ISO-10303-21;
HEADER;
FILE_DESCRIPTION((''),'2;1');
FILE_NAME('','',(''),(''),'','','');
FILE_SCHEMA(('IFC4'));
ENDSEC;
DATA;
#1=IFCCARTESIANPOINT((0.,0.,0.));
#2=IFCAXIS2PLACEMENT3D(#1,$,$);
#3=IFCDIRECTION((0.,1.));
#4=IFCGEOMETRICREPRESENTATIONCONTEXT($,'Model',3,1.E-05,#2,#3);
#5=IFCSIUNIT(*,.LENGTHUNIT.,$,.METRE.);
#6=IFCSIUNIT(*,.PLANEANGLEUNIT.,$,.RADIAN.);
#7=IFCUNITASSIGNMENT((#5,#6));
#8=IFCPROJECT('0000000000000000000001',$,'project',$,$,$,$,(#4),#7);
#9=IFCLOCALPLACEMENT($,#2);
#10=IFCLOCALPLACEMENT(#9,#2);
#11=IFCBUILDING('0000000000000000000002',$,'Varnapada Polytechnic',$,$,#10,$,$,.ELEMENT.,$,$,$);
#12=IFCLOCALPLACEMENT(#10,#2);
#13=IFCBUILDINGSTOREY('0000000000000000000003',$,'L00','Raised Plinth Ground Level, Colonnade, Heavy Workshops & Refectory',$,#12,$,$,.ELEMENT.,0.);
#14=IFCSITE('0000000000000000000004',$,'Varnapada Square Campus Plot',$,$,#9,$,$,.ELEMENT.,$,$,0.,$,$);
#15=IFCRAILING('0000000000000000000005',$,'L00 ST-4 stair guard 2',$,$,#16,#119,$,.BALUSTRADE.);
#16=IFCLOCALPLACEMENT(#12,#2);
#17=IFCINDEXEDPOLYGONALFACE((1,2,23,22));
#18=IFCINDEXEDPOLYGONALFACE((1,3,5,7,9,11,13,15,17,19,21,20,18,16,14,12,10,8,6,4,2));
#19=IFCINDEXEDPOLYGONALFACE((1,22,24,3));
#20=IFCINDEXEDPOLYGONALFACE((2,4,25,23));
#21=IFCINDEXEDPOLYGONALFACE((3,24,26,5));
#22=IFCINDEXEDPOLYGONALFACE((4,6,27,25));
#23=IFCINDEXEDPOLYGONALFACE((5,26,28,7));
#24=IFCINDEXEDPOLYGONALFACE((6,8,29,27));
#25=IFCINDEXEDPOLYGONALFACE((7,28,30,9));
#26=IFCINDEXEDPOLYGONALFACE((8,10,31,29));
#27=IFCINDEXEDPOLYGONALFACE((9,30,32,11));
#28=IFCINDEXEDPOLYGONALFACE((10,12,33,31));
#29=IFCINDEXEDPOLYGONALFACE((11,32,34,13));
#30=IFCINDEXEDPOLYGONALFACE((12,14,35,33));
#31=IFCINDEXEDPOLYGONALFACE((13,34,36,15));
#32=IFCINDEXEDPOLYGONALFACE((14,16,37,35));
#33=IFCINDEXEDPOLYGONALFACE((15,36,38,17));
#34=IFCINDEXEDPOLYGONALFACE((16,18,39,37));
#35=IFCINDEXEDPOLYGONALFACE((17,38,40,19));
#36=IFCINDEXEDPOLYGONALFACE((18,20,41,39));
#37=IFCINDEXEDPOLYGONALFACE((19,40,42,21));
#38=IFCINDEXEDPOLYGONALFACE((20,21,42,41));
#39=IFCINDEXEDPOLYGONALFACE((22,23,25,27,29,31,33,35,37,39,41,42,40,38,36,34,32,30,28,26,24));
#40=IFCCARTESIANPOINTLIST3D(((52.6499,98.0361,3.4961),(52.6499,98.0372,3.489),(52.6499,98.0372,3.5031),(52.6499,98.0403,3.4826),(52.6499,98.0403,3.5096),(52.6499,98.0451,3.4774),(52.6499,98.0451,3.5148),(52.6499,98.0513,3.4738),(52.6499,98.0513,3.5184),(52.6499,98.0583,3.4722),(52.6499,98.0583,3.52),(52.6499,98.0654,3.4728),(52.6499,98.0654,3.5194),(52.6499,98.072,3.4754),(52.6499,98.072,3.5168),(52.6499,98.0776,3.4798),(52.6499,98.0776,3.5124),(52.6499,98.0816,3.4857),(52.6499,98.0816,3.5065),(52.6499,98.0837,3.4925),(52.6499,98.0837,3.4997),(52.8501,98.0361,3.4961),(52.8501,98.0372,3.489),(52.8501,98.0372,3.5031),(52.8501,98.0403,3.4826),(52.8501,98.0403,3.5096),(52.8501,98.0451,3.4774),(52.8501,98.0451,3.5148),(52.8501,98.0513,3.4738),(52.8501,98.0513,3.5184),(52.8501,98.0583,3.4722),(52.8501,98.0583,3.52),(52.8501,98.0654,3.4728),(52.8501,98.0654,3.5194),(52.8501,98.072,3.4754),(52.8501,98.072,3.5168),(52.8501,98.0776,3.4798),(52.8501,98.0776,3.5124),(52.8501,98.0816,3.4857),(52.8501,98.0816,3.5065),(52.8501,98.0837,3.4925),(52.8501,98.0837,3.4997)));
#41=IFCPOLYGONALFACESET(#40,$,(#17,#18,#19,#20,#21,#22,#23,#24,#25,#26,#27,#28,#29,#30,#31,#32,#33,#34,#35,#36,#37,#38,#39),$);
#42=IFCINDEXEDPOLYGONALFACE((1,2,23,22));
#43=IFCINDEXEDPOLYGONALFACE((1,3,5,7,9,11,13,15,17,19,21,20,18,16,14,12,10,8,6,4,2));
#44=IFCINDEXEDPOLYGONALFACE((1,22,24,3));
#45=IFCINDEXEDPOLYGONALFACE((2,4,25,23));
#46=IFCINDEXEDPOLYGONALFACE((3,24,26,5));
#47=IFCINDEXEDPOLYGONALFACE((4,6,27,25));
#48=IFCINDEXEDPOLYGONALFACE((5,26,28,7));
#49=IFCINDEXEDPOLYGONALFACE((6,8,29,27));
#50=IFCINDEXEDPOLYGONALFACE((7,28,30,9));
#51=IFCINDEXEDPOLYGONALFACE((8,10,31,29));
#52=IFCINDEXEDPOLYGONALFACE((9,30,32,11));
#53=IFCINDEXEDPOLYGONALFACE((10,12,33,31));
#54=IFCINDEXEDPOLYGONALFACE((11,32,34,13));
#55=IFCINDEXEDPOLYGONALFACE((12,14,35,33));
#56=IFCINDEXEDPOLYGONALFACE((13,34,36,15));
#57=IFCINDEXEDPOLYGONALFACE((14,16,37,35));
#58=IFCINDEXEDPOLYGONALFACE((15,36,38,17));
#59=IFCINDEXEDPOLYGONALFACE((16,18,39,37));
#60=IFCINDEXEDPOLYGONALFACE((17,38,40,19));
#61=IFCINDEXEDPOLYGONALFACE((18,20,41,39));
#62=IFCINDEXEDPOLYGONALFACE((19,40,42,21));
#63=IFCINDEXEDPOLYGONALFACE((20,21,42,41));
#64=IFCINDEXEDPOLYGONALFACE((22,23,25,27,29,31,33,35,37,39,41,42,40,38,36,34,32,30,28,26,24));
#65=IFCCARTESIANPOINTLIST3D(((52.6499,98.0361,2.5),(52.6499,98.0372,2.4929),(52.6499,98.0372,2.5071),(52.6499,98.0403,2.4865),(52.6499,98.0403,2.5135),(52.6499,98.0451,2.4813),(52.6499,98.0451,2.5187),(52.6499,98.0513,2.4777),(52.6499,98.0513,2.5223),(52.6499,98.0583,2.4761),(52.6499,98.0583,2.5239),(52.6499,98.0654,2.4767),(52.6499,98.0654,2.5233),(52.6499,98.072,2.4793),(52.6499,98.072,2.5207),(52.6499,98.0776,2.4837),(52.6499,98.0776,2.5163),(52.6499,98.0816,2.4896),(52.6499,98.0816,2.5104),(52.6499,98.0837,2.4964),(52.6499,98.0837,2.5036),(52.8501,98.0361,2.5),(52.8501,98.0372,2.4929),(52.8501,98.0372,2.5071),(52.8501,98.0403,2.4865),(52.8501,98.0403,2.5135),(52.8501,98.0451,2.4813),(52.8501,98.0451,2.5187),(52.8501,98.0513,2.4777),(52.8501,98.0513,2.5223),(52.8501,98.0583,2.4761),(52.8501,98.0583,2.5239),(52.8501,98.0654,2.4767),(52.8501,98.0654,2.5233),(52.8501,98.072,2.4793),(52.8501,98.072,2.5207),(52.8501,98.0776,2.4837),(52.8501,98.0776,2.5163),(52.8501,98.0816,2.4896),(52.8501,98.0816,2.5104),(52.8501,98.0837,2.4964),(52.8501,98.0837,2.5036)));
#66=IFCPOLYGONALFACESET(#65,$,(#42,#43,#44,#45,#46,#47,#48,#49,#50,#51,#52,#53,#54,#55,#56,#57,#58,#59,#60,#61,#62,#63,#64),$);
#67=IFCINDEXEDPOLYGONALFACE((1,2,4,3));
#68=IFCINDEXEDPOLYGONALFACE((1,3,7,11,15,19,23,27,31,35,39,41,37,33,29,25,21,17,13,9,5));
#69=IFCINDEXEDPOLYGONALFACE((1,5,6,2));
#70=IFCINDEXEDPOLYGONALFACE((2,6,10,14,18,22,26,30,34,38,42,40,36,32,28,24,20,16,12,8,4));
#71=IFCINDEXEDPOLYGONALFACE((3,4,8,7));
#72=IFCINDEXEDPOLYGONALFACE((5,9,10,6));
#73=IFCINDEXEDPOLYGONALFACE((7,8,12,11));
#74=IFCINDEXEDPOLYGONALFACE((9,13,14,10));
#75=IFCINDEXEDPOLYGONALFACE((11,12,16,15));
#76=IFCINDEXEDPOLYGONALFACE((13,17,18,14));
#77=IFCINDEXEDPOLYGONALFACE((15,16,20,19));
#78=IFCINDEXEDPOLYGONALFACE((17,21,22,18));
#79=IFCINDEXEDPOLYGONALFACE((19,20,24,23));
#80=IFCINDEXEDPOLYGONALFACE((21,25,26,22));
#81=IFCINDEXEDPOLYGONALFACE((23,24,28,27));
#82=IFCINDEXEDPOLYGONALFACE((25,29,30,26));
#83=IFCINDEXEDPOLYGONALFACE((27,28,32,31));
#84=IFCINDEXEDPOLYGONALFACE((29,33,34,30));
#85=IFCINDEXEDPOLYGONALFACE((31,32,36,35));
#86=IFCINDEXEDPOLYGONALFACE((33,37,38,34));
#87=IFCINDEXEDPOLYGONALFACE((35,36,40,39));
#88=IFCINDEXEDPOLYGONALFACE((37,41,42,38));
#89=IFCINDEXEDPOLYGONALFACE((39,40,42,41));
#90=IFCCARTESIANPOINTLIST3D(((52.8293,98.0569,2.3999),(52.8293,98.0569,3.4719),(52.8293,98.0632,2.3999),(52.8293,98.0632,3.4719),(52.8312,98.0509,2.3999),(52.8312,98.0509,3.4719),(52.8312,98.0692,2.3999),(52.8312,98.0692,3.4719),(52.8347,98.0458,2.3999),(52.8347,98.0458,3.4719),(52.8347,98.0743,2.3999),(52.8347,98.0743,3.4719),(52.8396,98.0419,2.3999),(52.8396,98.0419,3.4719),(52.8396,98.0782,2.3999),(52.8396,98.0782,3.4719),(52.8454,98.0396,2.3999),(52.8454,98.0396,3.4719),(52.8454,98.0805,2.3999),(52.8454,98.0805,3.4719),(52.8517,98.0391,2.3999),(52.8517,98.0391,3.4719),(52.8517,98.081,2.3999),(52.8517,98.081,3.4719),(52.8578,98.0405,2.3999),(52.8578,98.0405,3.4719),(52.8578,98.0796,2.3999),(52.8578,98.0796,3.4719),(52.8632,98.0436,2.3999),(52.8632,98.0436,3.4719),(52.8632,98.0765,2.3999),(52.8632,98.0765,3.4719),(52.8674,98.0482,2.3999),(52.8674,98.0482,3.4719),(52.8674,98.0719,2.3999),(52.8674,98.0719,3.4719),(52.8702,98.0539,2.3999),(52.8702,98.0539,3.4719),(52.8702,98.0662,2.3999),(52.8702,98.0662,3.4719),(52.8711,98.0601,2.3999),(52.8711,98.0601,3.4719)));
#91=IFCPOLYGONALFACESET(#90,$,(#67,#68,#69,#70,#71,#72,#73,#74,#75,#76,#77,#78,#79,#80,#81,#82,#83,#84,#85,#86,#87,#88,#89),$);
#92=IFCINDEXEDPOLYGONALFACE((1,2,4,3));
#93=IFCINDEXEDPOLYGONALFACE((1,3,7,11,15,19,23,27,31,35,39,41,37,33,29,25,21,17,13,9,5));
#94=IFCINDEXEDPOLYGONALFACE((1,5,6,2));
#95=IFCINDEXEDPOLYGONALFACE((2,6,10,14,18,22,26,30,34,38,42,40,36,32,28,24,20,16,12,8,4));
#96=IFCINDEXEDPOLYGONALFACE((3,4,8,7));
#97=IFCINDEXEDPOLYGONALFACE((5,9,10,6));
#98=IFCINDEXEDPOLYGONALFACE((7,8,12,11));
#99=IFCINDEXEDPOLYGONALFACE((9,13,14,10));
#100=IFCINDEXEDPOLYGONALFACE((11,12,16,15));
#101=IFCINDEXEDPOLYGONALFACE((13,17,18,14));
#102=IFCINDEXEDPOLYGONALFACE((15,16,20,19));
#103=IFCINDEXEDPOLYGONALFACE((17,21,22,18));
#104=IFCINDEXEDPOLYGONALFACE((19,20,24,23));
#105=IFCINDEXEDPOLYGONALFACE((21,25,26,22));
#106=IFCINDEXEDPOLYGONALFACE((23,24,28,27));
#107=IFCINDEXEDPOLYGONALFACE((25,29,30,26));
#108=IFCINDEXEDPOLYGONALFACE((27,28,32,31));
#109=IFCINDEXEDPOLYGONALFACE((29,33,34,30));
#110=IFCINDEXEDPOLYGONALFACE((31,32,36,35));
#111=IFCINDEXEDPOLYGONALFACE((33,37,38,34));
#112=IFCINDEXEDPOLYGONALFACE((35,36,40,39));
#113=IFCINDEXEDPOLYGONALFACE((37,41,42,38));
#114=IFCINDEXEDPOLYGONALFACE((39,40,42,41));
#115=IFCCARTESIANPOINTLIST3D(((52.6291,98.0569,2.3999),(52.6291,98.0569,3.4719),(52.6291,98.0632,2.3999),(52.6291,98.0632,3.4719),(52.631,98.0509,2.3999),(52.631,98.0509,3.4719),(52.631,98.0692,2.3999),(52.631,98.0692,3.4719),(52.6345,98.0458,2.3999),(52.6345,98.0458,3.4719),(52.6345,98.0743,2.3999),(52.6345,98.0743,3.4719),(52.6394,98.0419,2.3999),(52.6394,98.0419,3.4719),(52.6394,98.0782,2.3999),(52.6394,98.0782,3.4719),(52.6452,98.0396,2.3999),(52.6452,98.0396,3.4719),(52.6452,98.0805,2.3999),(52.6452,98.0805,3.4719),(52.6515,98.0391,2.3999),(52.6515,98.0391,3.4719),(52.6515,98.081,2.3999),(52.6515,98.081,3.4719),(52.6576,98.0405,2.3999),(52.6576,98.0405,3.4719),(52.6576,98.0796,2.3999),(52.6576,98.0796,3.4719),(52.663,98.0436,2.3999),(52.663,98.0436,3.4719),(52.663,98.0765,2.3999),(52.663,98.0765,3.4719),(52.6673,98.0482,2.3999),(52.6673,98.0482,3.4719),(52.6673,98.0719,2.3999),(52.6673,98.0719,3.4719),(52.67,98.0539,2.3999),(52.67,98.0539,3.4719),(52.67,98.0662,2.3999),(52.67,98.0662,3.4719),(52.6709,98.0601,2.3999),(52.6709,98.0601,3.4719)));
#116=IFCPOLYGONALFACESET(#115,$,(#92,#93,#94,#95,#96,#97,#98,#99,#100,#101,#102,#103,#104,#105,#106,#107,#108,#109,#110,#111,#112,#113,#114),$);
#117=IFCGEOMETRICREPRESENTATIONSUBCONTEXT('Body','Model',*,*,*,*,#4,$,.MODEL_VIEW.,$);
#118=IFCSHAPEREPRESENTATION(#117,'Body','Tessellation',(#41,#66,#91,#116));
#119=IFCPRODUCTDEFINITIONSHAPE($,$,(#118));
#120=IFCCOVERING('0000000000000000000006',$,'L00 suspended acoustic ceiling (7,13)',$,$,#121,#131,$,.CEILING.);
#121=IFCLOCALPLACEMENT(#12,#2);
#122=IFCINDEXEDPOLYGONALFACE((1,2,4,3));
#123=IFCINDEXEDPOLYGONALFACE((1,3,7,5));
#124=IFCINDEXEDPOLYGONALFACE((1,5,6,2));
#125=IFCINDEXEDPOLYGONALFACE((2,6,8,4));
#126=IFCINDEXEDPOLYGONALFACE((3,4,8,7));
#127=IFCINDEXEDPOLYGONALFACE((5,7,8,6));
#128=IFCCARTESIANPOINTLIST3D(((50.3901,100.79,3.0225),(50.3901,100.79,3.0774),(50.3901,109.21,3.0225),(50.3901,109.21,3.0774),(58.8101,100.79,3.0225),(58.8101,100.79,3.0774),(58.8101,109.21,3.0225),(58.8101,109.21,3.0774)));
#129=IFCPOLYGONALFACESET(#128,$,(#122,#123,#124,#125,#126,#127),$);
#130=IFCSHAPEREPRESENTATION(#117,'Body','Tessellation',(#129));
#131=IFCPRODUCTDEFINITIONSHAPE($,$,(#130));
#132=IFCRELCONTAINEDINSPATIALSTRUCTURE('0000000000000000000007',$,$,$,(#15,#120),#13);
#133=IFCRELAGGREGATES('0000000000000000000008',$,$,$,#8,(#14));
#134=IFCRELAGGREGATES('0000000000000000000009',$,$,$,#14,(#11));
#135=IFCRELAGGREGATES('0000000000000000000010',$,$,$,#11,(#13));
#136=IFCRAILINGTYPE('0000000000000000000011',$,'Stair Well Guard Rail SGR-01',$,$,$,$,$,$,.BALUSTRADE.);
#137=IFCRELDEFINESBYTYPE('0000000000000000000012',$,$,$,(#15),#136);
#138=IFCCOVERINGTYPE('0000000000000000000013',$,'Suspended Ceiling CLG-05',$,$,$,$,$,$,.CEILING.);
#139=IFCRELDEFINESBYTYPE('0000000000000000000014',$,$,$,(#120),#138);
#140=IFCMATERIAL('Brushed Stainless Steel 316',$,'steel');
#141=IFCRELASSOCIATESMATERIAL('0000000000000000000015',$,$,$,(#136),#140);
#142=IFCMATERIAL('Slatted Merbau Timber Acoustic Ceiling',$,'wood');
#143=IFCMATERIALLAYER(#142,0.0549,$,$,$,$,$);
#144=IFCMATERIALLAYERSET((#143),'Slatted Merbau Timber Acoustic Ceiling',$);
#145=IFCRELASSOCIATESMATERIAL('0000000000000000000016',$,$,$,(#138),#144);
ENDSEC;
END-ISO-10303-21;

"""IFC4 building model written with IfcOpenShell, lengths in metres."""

from ifc_helpers import new_model, si_unit, direction, frame, origin, origin_2d, place, context, subcontext, project, spatial, rectangle, circle, extrude, material, layer, layer_set, type_object, element, save


model = new_model("IFC4")

# Units and contexts
model_context = context("Model", 3, precision=1e-05, world=origin(), true_north=direction((0.0, 1.0)))
body_context = subcontext(model_context, "Body", "Model", "MODEL_VIEW")
ifc_project = project(units=[si_unit("LENGTHUNIT", "METRE"), si_unit("PLANEANGLEUNIT", "RADIAN")], contexts=[model_context])

# Site, building, storey
site_placement = place(None, origin())
site = spatial("IfcSite", under=ifc_project, at=site_placement, Name="Varnapada Square Campus Plot", CompositionType="ELEMENT", RefElevation=0.0)
building_placement = place(site_placement, origin())
building = spatial("IfcBuilding", under=site, at=building_placement, Name="Varnapada Polytechnic", CompositionType="ELEMENT")
storey_placement = place(building_placement, origin())
storey = spatial("IfcBuildingStorey", under=building, at=storey_placement, Name="L00", Description="Raised Plinth Ground Level, Colonnade, Heavy Workshops & Refectory", CompositionType="ELEMENT", Elevation=0.0)

# Railing
ifc_material_1 = material(Name="Brushed Stainless Steel 316", Category="steel")
railing_type = type_object("IfcRailingType", Name="Stair Well Guard Rail SGR-01", PredefinedType="BALUSTRADE", material=ifc_material_1)
railing_1_placement = place(storey_placement, frame((52.8501, 98.0601, 2.3999)))
element("IfcRailing", 1, at=railing_1_placement, inside=storey, type_object=railing_type, Name="L00 ST-4 stair guard 2", PredefinedType="BALUSTRADE", context=body_context, shape_type="SweptSolid", body=[
    extrude(circle(Radius=0.0239, at=origin_2d()), frame((0.0, 0.0, 1.0962), z_axis=(-1.0, 0.0, 0.0), x_axis=(0.0, -1.0, 0.0)), (0.0, 0.0, 1.0), 0.2002),
    extrude(circle(Radius=0.0239, at=origin_2d()), frame((0.0, 0.0, 0.1001), z_axis=(-1.0, 0.0, 0.0), x_axis=(0.0, -1.0, 0.0)), (0.0, 0.0, 1.0), 0.2002),
    extrude(circle(Radius=0.021, at=origin_2d()), origin(), (0.0, 0.0, 1.0), 1.072),
    extrude(circle(Radius=0.021, at=origin_2d()), frame((-0.2002, 0.0, 0.0)), (0.0, 0.0, 1.0), 1.072),
])

# Covering
ifc_material_2 = material(Name="Slatted Merbau Timber Acoustic Ceiling", Category="wood")
ifc_layer_1 = layer(ifc_material_2, 0.0549)
ifc_layer_set_1 = layer_set([ifc_layer_1], Name="Slatted Merbau Timber Acoustic Ceiling")
covering_type_1 = type_object("IfcCoveringType", Name="Suspended Ceiling CLG-05", PredefinedType="CEILING", material=ifc_layer_set_1)
covering_1_placement = place(storey_placement, frame((54.6001, 105.0, 3.0225), z_axis=(0.0, 0.0, 1.0), x_axis=(1.0, 0.0, 0.0)))
element("IfcCovering", 2, at=covering_1_placement, inside=storey, type_object=covering_type_1, Name="L00 suspended acoustic ceiling (7,13)", PredefinedType="CEILING", context=body_context, shape_type="SweptSolid", body=[
    extrude(rectangle(XDim=8.4199, YDim=8.4199, at=origin_2d()), origin(), (0.0, 0.0, 1.0), 0.0549),
])

save(model, "model.ifc")
